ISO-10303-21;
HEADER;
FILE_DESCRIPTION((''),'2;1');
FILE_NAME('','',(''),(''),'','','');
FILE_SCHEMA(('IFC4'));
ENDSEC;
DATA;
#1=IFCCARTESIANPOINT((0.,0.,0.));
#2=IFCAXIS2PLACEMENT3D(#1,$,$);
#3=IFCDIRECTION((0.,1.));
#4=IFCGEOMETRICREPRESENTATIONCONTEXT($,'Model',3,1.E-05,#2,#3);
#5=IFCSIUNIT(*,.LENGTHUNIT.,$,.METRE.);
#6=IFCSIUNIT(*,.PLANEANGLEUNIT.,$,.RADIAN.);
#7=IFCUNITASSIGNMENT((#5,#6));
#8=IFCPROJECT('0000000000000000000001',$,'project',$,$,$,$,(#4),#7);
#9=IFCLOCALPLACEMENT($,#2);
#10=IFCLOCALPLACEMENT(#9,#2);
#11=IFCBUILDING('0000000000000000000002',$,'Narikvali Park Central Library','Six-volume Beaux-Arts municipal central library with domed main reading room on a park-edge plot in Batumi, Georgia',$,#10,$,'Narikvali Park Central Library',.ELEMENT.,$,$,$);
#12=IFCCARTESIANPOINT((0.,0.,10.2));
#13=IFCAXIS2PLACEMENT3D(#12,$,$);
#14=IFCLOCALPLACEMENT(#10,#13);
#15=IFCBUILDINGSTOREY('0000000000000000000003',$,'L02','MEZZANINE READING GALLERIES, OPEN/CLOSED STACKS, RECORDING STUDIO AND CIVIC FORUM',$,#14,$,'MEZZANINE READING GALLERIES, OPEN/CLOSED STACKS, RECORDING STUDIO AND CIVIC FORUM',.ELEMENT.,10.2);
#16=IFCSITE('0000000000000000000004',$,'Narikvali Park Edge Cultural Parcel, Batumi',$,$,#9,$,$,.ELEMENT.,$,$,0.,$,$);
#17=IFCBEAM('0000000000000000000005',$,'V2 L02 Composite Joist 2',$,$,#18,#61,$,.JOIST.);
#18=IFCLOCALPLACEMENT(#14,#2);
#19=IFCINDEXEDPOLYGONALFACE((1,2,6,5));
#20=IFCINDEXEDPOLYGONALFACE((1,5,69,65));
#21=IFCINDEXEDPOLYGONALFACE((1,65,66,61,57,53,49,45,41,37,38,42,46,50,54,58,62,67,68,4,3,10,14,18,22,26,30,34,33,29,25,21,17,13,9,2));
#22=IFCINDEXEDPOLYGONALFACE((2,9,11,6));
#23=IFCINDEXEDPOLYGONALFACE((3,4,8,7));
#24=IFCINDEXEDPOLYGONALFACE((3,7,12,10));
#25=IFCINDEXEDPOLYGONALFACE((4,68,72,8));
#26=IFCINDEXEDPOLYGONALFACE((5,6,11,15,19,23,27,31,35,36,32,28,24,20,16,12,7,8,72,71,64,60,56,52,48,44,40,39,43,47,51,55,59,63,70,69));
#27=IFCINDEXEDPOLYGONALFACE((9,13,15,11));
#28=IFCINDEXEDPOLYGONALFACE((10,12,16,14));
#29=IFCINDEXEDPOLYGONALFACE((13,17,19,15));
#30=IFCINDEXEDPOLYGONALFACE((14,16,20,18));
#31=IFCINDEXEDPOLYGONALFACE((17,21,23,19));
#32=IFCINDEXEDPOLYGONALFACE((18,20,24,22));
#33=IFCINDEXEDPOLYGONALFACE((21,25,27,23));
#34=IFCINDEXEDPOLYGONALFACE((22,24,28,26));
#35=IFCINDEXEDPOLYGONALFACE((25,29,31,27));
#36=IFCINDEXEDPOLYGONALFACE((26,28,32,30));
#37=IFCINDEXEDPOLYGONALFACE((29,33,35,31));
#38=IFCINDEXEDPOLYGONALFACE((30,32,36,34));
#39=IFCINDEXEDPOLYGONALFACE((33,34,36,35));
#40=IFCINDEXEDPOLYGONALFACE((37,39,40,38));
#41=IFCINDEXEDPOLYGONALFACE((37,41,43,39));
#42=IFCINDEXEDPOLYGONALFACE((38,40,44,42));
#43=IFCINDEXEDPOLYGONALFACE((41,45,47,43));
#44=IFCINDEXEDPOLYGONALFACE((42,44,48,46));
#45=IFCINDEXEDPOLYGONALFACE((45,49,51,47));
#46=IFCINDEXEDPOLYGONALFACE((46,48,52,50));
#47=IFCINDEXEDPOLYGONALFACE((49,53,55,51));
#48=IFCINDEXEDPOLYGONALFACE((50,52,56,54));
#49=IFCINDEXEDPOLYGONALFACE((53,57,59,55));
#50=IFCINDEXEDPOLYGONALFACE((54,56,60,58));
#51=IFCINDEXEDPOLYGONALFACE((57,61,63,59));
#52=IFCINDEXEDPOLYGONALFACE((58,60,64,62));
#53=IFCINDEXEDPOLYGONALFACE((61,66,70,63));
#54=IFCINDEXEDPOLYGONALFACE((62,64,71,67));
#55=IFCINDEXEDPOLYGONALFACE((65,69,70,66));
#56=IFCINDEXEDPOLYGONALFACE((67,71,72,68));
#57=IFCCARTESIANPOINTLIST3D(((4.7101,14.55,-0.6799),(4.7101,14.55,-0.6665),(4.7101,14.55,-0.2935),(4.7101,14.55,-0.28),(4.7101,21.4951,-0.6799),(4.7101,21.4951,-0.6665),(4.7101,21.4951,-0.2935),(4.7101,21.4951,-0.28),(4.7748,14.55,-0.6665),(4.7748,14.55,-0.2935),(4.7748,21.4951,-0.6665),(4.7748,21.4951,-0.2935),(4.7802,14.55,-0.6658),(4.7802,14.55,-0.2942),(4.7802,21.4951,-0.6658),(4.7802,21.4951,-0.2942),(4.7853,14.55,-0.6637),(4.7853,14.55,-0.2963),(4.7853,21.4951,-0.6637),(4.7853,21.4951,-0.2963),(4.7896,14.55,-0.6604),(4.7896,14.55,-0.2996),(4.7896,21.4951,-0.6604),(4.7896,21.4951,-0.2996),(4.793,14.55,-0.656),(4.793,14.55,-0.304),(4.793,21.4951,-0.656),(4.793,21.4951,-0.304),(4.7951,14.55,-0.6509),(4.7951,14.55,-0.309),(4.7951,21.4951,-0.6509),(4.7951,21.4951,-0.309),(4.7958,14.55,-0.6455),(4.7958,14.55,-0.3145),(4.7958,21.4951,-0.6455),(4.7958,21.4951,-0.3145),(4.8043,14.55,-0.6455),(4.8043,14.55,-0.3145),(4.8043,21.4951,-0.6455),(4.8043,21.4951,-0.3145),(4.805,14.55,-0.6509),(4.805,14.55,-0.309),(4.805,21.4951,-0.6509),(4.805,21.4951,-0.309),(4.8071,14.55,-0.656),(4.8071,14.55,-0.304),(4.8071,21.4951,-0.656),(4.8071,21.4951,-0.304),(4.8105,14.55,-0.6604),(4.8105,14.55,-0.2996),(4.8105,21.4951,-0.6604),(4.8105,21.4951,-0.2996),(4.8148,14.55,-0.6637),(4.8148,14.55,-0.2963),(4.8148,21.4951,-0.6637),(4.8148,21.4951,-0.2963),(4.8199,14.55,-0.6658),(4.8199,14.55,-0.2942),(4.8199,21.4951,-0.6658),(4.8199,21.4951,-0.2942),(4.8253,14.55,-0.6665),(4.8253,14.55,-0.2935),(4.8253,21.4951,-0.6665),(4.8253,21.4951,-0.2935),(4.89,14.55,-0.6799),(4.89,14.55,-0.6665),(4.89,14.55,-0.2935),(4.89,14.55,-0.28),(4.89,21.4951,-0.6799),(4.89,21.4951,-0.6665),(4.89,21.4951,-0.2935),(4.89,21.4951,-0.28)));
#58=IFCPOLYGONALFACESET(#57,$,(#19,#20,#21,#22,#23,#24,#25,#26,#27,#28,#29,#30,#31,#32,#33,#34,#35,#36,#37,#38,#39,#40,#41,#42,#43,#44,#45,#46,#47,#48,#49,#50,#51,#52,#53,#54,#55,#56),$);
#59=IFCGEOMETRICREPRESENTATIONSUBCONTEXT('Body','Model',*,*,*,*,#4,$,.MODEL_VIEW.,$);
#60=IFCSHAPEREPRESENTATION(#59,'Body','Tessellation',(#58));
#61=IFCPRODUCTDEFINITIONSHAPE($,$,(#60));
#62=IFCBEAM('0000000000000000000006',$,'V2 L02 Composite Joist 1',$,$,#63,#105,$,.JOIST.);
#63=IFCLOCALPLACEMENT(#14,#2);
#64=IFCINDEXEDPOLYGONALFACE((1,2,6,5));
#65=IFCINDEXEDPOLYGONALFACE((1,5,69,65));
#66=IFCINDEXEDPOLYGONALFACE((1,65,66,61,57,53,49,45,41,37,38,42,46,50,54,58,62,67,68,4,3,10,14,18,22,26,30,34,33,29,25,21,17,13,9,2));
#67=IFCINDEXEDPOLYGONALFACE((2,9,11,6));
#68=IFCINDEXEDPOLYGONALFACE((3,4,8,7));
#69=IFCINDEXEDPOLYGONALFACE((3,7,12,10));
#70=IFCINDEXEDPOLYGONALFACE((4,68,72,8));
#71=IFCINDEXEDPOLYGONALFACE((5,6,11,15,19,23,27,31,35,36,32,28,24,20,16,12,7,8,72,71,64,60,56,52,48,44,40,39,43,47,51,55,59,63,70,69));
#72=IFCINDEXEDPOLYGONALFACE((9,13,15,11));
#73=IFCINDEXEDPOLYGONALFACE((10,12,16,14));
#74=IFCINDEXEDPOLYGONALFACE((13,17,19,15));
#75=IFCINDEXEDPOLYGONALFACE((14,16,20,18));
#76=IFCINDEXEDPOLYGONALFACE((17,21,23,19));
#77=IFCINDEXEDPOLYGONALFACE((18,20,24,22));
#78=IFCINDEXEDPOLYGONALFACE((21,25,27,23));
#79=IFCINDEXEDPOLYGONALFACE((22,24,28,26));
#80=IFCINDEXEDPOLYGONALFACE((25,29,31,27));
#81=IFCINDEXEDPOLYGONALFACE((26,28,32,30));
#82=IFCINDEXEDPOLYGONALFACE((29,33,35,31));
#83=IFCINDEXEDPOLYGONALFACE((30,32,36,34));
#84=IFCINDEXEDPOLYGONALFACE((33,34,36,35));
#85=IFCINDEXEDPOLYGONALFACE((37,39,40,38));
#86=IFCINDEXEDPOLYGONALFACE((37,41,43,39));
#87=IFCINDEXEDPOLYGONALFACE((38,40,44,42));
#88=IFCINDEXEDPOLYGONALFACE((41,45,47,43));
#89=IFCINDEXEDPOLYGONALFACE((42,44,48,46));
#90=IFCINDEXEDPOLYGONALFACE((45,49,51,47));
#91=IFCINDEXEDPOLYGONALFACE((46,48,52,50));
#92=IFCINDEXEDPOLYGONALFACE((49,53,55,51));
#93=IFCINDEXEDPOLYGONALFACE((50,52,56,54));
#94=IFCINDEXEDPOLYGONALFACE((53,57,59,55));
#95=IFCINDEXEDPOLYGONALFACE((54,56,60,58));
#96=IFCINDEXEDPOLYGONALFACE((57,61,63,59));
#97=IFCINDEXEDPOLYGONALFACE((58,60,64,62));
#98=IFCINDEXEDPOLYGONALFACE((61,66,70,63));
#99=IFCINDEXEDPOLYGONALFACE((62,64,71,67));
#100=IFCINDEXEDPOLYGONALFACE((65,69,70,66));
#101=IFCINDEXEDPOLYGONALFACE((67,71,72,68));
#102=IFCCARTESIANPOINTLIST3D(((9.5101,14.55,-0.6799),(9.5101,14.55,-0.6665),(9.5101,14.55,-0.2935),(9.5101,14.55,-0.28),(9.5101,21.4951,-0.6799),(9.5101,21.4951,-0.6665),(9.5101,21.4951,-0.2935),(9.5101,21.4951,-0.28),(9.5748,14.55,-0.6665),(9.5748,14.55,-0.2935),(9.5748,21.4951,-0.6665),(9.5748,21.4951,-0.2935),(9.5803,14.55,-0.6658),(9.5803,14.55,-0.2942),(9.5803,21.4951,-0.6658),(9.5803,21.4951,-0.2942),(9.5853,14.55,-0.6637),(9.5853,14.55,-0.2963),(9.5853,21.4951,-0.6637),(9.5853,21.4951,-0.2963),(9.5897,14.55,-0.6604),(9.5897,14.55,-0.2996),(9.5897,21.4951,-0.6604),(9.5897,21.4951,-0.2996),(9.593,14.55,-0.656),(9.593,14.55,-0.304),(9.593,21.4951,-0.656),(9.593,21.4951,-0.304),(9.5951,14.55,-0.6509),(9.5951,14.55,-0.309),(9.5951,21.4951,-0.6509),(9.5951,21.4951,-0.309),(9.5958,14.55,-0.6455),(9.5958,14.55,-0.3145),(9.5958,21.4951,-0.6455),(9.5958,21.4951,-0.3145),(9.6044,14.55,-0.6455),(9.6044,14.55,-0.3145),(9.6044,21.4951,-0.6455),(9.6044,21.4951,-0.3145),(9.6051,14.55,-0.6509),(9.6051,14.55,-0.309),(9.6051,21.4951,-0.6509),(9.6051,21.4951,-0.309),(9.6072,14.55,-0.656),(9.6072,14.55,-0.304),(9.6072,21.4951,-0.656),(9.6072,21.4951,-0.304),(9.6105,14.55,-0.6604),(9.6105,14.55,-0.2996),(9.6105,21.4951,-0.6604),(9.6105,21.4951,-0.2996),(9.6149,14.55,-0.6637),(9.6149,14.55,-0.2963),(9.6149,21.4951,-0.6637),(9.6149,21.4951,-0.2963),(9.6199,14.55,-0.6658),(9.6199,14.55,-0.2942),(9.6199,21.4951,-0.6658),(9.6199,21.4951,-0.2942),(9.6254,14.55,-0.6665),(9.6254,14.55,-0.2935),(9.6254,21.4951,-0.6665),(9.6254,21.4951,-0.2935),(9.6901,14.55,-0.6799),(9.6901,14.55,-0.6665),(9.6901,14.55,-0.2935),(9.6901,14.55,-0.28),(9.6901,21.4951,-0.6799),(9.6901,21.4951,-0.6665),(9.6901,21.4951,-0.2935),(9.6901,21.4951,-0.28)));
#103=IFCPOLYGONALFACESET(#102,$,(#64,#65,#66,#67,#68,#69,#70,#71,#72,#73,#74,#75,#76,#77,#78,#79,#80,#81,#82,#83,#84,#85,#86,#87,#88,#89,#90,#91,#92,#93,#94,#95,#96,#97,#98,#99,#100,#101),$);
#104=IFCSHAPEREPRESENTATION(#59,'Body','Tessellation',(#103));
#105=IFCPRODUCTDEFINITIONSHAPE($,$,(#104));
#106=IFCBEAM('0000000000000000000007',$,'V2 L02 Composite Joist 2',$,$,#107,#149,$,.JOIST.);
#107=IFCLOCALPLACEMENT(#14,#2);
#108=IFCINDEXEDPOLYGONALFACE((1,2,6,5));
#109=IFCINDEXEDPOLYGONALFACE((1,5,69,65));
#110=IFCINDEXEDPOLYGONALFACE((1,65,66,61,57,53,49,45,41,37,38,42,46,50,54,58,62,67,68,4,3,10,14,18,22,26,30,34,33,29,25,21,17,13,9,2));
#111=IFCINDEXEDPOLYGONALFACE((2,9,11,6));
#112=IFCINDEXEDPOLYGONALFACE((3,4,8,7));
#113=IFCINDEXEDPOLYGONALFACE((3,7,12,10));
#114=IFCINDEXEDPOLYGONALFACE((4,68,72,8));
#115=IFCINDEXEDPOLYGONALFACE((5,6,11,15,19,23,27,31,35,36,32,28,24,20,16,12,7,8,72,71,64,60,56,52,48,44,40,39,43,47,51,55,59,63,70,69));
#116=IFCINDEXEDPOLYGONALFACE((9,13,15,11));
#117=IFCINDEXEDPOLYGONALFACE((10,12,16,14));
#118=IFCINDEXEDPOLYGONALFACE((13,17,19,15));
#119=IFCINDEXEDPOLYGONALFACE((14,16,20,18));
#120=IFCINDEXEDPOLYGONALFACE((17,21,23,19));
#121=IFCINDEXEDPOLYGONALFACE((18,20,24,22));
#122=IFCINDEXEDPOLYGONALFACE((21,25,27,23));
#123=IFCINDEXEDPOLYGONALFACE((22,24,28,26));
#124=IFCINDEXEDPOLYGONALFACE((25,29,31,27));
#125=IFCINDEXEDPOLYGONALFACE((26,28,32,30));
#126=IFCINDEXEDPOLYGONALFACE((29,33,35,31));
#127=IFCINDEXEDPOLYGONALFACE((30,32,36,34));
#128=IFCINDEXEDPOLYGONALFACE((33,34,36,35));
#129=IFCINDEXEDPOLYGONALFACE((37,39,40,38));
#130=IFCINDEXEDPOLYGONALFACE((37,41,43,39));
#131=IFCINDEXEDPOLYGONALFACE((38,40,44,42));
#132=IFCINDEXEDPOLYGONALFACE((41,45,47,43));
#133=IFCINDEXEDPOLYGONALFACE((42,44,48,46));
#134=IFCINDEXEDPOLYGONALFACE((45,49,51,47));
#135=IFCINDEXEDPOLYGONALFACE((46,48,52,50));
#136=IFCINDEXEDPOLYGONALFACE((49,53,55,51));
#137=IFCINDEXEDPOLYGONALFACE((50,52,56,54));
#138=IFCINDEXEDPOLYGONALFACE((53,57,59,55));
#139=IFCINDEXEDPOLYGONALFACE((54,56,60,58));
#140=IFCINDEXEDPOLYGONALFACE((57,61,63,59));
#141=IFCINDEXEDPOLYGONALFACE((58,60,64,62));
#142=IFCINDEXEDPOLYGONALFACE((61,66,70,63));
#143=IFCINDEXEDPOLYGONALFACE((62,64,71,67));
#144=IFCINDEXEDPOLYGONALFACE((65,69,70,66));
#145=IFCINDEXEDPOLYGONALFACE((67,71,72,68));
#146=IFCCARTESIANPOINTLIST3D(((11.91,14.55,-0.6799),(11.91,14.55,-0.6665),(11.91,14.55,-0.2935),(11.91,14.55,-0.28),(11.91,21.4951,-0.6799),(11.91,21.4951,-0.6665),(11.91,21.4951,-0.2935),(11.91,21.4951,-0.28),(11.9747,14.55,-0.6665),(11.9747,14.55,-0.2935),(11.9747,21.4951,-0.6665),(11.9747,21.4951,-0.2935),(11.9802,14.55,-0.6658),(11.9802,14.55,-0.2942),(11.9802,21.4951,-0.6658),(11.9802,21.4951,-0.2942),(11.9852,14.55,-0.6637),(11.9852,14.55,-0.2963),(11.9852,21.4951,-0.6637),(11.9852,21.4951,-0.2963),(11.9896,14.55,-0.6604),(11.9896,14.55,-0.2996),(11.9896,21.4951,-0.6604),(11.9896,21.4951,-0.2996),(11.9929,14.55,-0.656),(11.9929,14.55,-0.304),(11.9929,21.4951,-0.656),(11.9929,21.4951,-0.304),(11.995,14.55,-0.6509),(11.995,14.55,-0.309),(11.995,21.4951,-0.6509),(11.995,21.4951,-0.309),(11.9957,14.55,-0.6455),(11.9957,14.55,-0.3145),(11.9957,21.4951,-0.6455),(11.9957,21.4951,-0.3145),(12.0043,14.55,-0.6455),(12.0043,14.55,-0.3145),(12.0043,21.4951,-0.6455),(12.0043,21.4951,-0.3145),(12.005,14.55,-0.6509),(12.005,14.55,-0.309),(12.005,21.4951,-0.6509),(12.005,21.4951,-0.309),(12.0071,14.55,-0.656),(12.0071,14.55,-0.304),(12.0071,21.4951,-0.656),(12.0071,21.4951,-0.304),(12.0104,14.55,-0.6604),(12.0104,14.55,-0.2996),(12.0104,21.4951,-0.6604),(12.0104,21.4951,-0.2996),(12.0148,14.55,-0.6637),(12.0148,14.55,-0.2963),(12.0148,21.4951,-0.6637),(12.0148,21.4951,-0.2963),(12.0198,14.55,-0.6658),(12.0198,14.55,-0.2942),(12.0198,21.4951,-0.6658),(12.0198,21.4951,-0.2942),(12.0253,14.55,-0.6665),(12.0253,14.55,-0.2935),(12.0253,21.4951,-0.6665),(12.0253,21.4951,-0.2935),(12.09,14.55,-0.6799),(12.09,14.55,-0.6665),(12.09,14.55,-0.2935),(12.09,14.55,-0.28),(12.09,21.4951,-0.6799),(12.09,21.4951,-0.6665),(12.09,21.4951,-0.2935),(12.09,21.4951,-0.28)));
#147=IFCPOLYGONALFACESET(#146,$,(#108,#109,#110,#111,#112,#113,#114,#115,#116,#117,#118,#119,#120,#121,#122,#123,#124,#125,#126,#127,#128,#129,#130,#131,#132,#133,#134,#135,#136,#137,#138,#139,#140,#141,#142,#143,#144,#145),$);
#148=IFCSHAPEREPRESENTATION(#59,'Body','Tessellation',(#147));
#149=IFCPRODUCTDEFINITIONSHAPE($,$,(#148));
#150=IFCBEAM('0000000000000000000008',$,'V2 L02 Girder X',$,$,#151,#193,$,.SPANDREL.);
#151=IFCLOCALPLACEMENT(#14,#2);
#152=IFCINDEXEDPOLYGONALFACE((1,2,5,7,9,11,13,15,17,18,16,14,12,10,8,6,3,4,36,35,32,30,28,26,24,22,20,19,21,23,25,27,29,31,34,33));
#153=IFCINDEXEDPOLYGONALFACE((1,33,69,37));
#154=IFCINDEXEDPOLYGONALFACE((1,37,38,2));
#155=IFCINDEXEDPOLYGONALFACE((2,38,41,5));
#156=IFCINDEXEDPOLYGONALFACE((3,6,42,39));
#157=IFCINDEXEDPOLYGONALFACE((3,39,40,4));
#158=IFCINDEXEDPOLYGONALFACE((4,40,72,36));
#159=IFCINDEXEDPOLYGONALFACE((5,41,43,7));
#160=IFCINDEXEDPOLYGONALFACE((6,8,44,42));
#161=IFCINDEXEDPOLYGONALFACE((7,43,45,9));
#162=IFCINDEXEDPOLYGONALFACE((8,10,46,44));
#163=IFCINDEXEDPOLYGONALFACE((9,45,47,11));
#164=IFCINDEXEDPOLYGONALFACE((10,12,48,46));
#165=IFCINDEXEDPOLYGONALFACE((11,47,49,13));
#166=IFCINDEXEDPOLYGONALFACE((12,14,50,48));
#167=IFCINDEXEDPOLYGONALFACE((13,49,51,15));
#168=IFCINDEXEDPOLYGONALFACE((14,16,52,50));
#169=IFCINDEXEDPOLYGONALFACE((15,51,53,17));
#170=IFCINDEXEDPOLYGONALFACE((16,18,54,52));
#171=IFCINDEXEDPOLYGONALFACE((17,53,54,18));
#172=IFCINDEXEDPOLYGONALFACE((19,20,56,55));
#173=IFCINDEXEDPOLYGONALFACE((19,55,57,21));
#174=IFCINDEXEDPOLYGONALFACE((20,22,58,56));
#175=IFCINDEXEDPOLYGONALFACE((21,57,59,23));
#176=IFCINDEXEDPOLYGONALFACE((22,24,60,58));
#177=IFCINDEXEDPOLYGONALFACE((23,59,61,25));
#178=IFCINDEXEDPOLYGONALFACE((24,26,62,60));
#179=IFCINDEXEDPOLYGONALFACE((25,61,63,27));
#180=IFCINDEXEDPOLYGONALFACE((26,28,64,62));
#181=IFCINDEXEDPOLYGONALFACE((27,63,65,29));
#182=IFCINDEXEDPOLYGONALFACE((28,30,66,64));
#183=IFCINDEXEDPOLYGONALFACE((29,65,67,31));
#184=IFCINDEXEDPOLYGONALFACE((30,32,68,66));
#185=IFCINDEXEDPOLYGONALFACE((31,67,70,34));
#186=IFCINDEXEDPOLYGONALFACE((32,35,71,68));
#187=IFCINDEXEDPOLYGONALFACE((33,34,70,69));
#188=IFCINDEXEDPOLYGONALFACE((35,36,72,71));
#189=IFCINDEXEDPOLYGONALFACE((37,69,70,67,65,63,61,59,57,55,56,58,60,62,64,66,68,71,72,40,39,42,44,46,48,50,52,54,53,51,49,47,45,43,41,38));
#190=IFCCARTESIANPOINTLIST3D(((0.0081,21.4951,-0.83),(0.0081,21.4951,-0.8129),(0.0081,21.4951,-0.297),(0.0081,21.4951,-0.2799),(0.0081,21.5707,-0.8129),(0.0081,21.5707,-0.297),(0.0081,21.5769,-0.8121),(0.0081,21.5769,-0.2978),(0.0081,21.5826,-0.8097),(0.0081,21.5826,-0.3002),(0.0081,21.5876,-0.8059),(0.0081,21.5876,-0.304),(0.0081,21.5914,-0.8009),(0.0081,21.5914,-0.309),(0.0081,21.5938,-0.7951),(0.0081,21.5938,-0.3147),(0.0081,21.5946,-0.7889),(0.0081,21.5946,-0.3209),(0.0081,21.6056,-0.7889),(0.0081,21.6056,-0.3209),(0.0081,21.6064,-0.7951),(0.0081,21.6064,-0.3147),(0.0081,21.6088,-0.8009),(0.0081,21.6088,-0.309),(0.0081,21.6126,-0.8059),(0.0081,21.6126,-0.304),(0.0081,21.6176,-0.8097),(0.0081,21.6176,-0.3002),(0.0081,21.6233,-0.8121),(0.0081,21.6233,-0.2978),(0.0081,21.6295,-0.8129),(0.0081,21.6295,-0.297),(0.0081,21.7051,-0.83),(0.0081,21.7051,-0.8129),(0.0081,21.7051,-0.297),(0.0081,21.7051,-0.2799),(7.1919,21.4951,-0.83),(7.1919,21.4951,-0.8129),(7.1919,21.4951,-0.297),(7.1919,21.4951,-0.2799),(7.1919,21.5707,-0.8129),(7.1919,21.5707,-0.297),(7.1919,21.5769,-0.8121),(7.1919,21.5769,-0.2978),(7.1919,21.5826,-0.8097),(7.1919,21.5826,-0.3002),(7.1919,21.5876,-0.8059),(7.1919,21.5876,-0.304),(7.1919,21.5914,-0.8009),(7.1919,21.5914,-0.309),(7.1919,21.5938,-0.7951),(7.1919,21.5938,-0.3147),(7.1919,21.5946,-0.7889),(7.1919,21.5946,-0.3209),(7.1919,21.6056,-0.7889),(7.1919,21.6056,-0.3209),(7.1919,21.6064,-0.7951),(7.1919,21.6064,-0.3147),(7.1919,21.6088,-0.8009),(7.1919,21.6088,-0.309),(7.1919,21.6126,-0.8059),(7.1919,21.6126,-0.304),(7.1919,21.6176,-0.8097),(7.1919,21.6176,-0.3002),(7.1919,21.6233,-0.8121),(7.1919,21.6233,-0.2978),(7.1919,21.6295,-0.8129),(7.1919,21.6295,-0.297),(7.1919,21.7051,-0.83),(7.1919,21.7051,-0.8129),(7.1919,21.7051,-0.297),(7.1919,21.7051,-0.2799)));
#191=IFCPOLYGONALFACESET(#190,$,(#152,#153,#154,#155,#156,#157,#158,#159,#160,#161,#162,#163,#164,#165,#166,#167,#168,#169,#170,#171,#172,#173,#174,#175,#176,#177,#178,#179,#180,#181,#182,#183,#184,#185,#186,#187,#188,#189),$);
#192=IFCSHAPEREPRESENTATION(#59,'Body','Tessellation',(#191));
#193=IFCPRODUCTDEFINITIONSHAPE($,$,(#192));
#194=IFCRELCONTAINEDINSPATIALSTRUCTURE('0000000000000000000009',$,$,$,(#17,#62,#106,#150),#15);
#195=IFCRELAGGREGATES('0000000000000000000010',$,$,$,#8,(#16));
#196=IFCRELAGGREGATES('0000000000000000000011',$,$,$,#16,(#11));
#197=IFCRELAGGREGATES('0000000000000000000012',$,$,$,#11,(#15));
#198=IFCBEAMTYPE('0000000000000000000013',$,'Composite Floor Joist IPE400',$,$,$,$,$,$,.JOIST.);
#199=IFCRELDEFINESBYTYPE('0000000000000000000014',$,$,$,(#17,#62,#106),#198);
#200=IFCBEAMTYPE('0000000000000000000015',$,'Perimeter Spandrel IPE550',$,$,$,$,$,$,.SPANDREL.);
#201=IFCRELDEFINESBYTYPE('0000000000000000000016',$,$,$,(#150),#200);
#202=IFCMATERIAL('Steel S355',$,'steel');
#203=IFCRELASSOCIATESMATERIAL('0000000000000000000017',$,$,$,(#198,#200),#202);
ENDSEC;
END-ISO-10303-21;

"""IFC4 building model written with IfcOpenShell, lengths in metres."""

from ifc_helpers import new_model, si_unit, direction, frame, origin, origin_2d, place, context, subcontext, project, spatial, i_section, extrude, material, material_profile, profile_set, type_object, element, save


model = new_model("IFC4")

# Units and contexts
model_context = context("Model", 3, precision=1e-05, world=origin(), true_north=direction((0.0, 1.0)))
body_context = subcontext(model_context, "Body", "Model", "MODEL_VIEW")
ifc_project = project(units=[si_unit("LENGTHUNIT", "METRE"), si_unit("PLANEANGLEUNIT", "RADIAN")], contexts=[model_context])

# Site, building, storey
site_placement = place(None, origin())
site = spatial("IfcSite", under=ifc_project, at=site_placement, Name="Narikvali Park Edge Cultural Parcel, Batumi", CompositionType="ELEMENT", RefElevation=0.0)
building_placement = place(site_placement, origin())
building = spatial("IfcBuilding", under=site, at=building_placement, Name="Narikvali Park Central Library", Description="Six-volume Beaux-Arts municipal central library with domed main reading room on a park-edge plot in Batumi, Georgia", LongName="Narikvali Park Central Library", CompositionType="ELEMENT")
storey_placement = place(building_placement, frame((0.0, 0.0, 10.2)))
storey = spatial("IfcBuildingStorey", under=building, at=storey_placement, Name="L02", Description="MEZZANINE READING GALLERIES, OPEN/CLOSED STACKS, RECORDING STUDIO AND CIVIC FORUM", LongName="MEZZANINE READING GALLERIES, OPEN/CLOSED STACKS, RECORDING STUDIO AND CIVIC FORUM", CompositionType="ELEMENT", Elevation=10.2)

# Shared definitions
ifc_material_1 = material(Name="Steel S355", Category="steel")

# Beams
ifc_material_profile_1 = material_profile(ifc_material_1, i_section(OverallWidth=0.1799, OverallDepth=0.3999, WebThickness=0.0085, FlangeThickness=0.0134, FilletRadius=0.021, at=origin_2d()), Name="IPE 400")
ifc_profile_set_1 = profile_set([ifc_material_profile_1], Name="Steel S355")
beam_type_1 = type_object("IfcBeamType", Name="Composite Floor Joist IPE400", PredefinedType="JOIST", material=ifc_profile_set_1)
for number, where, z_axis, x_axis, name in (
    (1, (4.8, 14.55, -0.48), (0.0, 1.0, 0.0), (-1.0, 0.0, 0.0), "V2 L02 Composite Joist 2"),
    (2, (9.6001, 14.55, -0.48), (0.0, 1.0, 0.0), (-1.0, 0.0, 0.0), "V2 L02 Composite Joist 1"),
    (3, (12.0, 14.55, -0.48), (0.0, 1.0, 0.0), (-1.0, 0.0, 0.0), "V2 L02 Composite Joist 2"),
):
    element("IfcBeam", number, at=place(storey_placement, frame(where, z_axis=z_axis, x_axis=x_axis)), inside=storey, type_object=beam_type_1, Name=name, PredefinedType="JOIST", context=body_context, shape_type="SweptSolid", body=[
        extrude(i_section(OverallWidth=0.1799, OverallDepth=0.3999, WebThickness=0.0085, FlangeThickness=0.0134, FilletRadius=0.021, at=origin_2d()), origin(), (0.0, 0.0, 1.0), 6.9451),
    ])
ifc_material_profile_2 = material_profile(ifc_material_1, i_section(OverallWidth=0.21, OverallDepth=0.55, WebThickness=0.011, FlangeThickness=0.0171, FilletRadius=0.0239, at=origin_2d()), Name="IPE 550")
ifc_profile_set_2 = profile_set([ifc_material_profile_2], Name="Steel S355")
beam_type_2 = type_object("IfcBeamType", Name="Perimeter Spandrel IPE550", PredefinedType="SPANDREL", material=ifc_profile_set_2)
beam_1_placement = place(storey_placement, frame((0.0081, 21.6001, -0.5549), z_axis=(1.0, 0.0, 0.0), x_axis=(0.0, 1.0, 0.0)))
element("IfcBeam", 4, at=beam_1_placement, inside=storey, type_object=beam_type_2, Name="V2 L02 Girder X", PredefinedType="SPANDREL", context=body_context, shape_type="SweptSolid", body=[
    extrude(i_section(OverallWidth=0.21, OverallDepth=0.55, WebThickness=0.011, FlangeThickness=0.0171, FilletRadius=0.0239, at=origin_2d()), origin(), (0.0, 0.0, 1.0), 7.1838),
])

save(model, "model.ifc")
